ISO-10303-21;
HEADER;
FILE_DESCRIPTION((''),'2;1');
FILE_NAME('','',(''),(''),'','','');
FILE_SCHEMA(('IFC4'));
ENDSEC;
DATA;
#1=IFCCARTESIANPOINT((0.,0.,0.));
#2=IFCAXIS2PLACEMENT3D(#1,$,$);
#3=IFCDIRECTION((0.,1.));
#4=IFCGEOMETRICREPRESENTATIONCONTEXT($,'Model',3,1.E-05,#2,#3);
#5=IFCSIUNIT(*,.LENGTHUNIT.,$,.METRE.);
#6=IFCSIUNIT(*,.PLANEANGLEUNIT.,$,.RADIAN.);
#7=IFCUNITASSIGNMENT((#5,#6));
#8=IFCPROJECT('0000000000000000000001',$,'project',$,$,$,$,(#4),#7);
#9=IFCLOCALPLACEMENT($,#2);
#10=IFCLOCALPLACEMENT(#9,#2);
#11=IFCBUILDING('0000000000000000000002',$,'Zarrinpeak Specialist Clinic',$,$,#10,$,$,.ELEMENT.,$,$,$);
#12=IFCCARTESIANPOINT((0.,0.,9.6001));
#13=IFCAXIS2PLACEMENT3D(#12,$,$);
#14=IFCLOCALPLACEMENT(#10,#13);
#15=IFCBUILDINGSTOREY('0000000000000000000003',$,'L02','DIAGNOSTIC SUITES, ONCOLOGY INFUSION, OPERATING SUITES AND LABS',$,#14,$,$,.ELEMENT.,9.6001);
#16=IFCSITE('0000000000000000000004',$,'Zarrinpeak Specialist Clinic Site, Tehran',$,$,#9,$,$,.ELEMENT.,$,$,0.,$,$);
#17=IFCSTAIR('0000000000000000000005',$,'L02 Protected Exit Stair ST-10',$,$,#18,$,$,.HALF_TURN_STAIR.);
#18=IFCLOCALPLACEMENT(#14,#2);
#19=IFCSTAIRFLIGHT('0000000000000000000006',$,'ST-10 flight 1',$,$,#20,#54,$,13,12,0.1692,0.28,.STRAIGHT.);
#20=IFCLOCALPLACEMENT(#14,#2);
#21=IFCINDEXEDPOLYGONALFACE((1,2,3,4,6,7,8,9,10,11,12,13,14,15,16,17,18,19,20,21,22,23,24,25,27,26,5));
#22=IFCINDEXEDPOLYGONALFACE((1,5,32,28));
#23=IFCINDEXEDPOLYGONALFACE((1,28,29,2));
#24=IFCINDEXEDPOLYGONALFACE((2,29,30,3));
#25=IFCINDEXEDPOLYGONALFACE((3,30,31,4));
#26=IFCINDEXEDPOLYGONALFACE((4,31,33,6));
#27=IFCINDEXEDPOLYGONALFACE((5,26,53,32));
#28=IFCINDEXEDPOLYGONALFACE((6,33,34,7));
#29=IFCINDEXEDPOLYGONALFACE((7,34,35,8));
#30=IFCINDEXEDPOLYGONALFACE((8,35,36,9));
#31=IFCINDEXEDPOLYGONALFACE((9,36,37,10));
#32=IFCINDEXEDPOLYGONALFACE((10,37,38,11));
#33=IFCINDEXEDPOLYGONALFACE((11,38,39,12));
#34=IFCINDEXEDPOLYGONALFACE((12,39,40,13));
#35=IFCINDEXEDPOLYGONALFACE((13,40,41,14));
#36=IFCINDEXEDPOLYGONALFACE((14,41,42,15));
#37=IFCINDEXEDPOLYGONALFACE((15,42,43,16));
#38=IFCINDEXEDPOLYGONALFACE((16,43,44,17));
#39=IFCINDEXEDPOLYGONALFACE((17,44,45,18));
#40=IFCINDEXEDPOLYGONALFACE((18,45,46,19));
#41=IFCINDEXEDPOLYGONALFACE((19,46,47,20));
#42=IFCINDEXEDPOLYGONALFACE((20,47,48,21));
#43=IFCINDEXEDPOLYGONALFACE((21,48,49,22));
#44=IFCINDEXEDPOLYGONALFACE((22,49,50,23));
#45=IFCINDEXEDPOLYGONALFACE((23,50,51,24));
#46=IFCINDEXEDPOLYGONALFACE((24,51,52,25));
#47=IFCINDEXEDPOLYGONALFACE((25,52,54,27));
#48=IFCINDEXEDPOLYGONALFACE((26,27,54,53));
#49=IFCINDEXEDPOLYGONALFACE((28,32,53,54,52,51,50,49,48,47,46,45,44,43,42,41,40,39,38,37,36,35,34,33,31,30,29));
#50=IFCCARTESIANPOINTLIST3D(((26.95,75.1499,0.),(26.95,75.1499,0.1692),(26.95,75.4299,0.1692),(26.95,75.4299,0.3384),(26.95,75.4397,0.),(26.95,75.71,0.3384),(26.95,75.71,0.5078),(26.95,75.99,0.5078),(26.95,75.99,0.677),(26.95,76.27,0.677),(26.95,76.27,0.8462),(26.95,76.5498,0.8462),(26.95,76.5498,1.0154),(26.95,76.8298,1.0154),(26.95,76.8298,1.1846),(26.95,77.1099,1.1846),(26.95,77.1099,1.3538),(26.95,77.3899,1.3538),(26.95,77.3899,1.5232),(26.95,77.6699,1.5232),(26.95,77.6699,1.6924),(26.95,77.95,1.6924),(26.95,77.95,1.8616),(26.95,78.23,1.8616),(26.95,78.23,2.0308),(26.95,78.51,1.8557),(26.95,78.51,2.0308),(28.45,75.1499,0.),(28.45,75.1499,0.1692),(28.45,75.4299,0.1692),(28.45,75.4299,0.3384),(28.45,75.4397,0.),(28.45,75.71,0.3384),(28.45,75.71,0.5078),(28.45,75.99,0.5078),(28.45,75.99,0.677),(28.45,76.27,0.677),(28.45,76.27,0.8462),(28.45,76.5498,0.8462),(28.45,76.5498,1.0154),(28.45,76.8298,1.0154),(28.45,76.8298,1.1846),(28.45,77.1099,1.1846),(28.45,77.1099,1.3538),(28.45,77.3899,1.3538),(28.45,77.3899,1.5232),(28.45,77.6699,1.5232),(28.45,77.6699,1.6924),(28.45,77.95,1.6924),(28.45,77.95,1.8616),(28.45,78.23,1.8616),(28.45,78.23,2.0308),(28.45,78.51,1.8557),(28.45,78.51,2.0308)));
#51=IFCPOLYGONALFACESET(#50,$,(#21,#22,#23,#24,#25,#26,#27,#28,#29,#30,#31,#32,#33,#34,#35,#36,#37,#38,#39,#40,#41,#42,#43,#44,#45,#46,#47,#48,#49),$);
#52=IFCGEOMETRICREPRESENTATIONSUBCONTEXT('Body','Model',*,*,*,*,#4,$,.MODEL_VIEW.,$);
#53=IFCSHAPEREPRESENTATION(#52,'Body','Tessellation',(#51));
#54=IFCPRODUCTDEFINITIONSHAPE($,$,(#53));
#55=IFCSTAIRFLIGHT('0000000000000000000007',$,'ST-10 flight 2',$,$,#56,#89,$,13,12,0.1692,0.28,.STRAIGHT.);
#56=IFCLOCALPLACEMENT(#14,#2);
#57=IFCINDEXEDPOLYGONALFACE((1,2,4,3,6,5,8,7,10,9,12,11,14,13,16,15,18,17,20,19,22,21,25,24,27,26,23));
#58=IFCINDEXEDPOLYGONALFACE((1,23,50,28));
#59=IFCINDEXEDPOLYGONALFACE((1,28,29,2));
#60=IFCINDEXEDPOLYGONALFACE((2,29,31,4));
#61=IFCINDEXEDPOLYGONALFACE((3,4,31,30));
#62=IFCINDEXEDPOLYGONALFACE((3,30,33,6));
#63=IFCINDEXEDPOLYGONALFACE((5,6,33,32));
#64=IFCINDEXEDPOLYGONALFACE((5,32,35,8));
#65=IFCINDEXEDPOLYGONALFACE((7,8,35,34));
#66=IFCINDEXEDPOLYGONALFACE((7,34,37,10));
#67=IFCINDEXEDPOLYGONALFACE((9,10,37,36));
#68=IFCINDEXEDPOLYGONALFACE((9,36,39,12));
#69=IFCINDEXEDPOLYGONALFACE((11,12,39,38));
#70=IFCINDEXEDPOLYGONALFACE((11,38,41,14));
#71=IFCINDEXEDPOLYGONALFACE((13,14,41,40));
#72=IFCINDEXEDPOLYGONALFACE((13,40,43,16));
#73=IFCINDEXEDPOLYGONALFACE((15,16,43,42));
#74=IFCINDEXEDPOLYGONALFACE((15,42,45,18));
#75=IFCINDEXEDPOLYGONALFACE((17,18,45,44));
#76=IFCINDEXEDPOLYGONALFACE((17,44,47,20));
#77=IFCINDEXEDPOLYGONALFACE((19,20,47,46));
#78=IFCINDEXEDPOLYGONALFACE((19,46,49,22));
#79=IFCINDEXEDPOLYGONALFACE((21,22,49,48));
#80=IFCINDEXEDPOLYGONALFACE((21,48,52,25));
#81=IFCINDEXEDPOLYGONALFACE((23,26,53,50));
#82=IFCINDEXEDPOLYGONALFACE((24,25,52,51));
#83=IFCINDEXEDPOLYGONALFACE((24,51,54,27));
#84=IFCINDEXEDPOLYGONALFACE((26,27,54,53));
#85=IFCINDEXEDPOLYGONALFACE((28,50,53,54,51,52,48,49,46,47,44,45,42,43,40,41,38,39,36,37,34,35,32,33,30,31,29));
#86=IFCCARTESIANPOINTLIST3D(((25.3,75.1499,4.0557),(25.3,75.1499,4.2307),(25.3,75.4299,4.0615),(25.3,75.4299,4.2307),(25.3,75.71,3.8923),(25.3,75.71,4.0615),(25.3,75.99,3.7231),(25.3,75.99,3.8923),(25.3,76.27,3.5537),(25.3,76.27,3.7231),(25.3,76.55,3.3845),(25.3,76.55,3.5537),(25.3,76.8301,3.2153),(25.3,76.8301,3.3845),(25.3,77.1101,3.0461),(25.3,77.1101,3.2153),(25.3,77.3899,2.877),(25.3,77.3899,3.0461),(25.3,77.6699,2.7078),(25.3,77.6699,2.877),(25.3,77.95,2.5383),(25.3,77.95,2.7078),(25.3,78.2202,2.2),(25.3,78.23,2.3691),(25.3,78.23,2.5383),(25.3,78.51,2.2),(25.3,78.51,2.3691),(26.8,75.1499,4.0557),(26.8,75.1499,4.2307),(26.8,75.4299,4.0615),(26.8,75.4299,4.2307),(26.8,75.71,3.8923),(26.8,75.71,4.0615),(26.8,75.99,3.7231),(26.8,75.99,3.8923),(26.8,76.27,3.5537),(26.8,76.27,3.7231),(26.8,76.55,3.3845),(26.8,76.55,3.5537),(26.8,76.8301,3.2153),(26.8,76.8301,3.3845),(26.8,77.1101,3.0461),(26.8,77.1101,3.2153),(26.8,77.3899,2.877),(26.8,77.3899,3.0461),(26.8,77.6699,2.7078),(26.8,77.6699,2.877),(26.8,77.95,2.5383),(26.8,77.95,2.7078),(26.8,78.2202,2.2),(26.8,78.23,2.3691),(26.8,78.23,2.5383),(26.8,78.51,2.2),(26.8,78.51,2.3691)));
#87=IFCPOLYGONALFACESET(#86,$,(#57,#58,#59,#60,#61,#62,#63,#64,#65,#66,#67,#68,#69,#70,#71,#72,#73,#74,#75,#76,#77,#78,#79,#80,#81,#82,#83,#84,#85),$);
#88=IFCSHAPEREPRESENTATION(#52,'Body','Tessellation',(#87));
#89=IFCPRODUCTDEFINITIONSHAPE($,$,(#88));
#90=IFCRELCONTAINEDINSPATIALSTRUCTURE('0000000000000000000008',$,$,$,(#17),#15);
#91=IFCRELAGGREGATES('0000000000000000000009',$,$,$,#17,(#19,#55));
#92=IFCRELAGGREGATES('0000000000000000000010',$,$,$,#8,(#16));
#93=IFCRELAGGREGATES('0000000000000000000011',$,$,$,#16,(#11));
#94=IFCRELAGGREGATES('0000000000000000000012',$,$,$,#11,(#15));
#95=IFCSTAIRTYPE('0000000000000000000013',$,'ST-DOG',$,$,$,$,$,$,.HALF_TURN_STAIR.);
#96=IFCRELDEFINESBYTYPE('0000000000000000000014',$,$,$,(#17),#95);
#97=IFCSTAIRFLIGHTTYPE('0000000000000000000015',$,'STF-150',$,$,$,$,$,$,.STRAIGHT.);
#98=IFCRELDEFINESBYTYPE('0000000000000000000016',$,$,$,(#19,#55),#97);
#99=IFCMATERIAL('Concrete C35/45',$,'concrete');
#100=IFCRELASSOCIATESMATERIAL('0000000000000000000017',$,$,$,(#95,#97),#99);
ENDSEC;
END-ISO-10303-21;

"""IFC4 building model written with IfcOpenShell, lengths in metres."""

from ifc_helpers import new_model, si_unit, direction, frame, origin, place, context, subcontext, project, spatial, polyline, outline, extrude, material, type_object, element, aggregate, save


model = new_model("IFC4")

# Units and contexts
model_context = context("Model", 3, precision=1e-05, world=origin(), true_north=direction((0.0, 1.0)))
body_context = subcontext(model_context, "Body", "Model", "MODEL_VIEW")
ifc_project = project(units=[si_unit("LENGTHUNIT", "METRE"), si_unit("PLANEANGLEUNIT", "RADIAN")], contexts=[model_context])

# Site, building, storey
site_placement = place(None, origin())
site = spatial("IfcSite", under=ifc_project, at=site_placement, Name="Zarrinpeak Specialist Clinic Site, Tehran", CompositionType="ELEMENT", RefElevation=0.0)
building_placement = place(site_placement, origin())
building = spatial("IfcBuilding", under=site, at=building_placement, Name="Zarrinpeak Specialist Clinic", CompositionType="ELEMENT")
storey_placement = place(building_placement, frame((0.0, 0.0, 9.6001)))
storey = spatial("IfcBuildingStorey", under=building, at=storey_placement, Name="L02", Description="DIAGNOSTIC SUITES, ONCOLOGY INFUSION, OPERATING SUITES AND LABS", CompositionType="ELEMENT", Elevation=9.6001)

# Stair, stair flights
ifc_material_1 = material(Name="Concrete C35/45", Category="concrete")
stair_type = type_object("IfcStairType", Name="ST-DOG", PredefinedType="HALF_TURN_STAIR", material=ifc_material_1)
stair_placement = place(storey_placement, origin())
stair = element("IfcStair", 1, at=stair_placement, inside=storey, type_object=stair_type, Name="L02 Protected Exit Stair ST-10", PredefinedType="HALF_TURN_STAIR")
stair_flight_type = type_object("IfcStairFlightType", Name="STF-150", PredefinedType="STRAIGHT", material=ifc_material_1)
stair_flight_1_placement = place(storey_placement, frame((27.7, 75.1499, 0.0), z_axis=(0.0, 0.0, 1.0), x_axis=(0.0, 1.0, 0.0)))
stair_flight_1 = element("IfcStairFlight", 2, at=stair_flight_1_placement, type_object=stair_flight_type, Name="ST-10 flight 1", NumberOfRisers=13, NumberOfTreads=12, PredefinedType="STRAIGHT", RiserHeight=0.1692, TreadLength=0.28, context=body_context, shape_type="SweptSolid", body=[
    extrude(outline(polyline([(0.0, 0.0), (0.0, 0.1692), (0.28, 0.1692), (0.28, 0.3384), (0.5601, 0.3384), (0.5601, 0.5078), (0.8401, 0.5078), (0.8401, 0.677), (1.1201, 0.677), (1.1201, 0.8462), (1.3999, 0.8462), (1.3999, 1.0154), (1.6799, 1.0154), (1.6799, 1.1846), (1.96, 1.1846), (1.96, 1.3538), (2.24, 1.3538), (2.24, 1.5232), (2.52, 1.5232), (2.52, 1.6924), (2.8, 1.6924), (2.8, 1.8616), (3.0801, 1.8616), (3.0801, 2.0308), (3.3601, 2.0308), (3.3601, 2.2), (3.3601, 1.8557), (0.2898, 0.0), (0.0, 0.0)])), frame((0.0, 0.75, 0.0), z_axis=(0.0, -1.0, 0.0), x_axis=(1.0, 0.0, 0.0)), (0.0, 0.0, 1.0), 1.5),
])
stair_flight_2_placement = place(storey_placement, frame((26.05, 78.51, 2.2), z_axis=(0.0, 0.0, 1.0), x_axis=(0.0, -1.0, 0.0)))
stair_flight_2 = element("IfcStairFlight", 3, at=stair_flight_2_placement, type_object=stair_flight_type, Name="ST-10 flight 2", NumberOfRisers=13, NumberOfTreads=12, PredefinedType="STRAIGHT", RiserHeight=0.1692, TreadLength=0.28, context=body_context, shape_type="SweptSolid", body=[
    extrude(outline(polyline([(0.0, 0.0), (0.0, 0.1692), (0.28, 0.1692), (0.28, 0.3384), (0.5601, 0.3384), (0.5601, 0.5078), (0.8401, 0.5078), (0.8401, 0.677), (1.1201, 0.677), (1.1201, 0.8462), (1.3999, 0.8462), (1.3999, 1.0154), (1.6799, 1.0154), (1.6799, 1.1846), (1.96, 1.1846), (1.96, 1.3538), (2.24, 1.3538), (2.24, 1.5232), (2.52, 1.5232), (2.52, 1.6924), (2.8, 1.6924), (2.8, 1.8616), (3.0801, 1.8616), (3.0801, 2.0308), (3.3601, 2.0308), (3.3601, 2.2), (3.3601, 1.8557), (0.2898, 0.0), (0.0, 0.0)])), frame((0.0, 0.75, 0.0), z_axis=(0.0, -1.0, 0.0), x_axis=(1.0, 0.0, 0.0)), (0.0, 0.0, 1.0), 1.5),
])
aggregate(stair, [stair_flight_1, stair_flight_2])

save(model, "model.ifc")
